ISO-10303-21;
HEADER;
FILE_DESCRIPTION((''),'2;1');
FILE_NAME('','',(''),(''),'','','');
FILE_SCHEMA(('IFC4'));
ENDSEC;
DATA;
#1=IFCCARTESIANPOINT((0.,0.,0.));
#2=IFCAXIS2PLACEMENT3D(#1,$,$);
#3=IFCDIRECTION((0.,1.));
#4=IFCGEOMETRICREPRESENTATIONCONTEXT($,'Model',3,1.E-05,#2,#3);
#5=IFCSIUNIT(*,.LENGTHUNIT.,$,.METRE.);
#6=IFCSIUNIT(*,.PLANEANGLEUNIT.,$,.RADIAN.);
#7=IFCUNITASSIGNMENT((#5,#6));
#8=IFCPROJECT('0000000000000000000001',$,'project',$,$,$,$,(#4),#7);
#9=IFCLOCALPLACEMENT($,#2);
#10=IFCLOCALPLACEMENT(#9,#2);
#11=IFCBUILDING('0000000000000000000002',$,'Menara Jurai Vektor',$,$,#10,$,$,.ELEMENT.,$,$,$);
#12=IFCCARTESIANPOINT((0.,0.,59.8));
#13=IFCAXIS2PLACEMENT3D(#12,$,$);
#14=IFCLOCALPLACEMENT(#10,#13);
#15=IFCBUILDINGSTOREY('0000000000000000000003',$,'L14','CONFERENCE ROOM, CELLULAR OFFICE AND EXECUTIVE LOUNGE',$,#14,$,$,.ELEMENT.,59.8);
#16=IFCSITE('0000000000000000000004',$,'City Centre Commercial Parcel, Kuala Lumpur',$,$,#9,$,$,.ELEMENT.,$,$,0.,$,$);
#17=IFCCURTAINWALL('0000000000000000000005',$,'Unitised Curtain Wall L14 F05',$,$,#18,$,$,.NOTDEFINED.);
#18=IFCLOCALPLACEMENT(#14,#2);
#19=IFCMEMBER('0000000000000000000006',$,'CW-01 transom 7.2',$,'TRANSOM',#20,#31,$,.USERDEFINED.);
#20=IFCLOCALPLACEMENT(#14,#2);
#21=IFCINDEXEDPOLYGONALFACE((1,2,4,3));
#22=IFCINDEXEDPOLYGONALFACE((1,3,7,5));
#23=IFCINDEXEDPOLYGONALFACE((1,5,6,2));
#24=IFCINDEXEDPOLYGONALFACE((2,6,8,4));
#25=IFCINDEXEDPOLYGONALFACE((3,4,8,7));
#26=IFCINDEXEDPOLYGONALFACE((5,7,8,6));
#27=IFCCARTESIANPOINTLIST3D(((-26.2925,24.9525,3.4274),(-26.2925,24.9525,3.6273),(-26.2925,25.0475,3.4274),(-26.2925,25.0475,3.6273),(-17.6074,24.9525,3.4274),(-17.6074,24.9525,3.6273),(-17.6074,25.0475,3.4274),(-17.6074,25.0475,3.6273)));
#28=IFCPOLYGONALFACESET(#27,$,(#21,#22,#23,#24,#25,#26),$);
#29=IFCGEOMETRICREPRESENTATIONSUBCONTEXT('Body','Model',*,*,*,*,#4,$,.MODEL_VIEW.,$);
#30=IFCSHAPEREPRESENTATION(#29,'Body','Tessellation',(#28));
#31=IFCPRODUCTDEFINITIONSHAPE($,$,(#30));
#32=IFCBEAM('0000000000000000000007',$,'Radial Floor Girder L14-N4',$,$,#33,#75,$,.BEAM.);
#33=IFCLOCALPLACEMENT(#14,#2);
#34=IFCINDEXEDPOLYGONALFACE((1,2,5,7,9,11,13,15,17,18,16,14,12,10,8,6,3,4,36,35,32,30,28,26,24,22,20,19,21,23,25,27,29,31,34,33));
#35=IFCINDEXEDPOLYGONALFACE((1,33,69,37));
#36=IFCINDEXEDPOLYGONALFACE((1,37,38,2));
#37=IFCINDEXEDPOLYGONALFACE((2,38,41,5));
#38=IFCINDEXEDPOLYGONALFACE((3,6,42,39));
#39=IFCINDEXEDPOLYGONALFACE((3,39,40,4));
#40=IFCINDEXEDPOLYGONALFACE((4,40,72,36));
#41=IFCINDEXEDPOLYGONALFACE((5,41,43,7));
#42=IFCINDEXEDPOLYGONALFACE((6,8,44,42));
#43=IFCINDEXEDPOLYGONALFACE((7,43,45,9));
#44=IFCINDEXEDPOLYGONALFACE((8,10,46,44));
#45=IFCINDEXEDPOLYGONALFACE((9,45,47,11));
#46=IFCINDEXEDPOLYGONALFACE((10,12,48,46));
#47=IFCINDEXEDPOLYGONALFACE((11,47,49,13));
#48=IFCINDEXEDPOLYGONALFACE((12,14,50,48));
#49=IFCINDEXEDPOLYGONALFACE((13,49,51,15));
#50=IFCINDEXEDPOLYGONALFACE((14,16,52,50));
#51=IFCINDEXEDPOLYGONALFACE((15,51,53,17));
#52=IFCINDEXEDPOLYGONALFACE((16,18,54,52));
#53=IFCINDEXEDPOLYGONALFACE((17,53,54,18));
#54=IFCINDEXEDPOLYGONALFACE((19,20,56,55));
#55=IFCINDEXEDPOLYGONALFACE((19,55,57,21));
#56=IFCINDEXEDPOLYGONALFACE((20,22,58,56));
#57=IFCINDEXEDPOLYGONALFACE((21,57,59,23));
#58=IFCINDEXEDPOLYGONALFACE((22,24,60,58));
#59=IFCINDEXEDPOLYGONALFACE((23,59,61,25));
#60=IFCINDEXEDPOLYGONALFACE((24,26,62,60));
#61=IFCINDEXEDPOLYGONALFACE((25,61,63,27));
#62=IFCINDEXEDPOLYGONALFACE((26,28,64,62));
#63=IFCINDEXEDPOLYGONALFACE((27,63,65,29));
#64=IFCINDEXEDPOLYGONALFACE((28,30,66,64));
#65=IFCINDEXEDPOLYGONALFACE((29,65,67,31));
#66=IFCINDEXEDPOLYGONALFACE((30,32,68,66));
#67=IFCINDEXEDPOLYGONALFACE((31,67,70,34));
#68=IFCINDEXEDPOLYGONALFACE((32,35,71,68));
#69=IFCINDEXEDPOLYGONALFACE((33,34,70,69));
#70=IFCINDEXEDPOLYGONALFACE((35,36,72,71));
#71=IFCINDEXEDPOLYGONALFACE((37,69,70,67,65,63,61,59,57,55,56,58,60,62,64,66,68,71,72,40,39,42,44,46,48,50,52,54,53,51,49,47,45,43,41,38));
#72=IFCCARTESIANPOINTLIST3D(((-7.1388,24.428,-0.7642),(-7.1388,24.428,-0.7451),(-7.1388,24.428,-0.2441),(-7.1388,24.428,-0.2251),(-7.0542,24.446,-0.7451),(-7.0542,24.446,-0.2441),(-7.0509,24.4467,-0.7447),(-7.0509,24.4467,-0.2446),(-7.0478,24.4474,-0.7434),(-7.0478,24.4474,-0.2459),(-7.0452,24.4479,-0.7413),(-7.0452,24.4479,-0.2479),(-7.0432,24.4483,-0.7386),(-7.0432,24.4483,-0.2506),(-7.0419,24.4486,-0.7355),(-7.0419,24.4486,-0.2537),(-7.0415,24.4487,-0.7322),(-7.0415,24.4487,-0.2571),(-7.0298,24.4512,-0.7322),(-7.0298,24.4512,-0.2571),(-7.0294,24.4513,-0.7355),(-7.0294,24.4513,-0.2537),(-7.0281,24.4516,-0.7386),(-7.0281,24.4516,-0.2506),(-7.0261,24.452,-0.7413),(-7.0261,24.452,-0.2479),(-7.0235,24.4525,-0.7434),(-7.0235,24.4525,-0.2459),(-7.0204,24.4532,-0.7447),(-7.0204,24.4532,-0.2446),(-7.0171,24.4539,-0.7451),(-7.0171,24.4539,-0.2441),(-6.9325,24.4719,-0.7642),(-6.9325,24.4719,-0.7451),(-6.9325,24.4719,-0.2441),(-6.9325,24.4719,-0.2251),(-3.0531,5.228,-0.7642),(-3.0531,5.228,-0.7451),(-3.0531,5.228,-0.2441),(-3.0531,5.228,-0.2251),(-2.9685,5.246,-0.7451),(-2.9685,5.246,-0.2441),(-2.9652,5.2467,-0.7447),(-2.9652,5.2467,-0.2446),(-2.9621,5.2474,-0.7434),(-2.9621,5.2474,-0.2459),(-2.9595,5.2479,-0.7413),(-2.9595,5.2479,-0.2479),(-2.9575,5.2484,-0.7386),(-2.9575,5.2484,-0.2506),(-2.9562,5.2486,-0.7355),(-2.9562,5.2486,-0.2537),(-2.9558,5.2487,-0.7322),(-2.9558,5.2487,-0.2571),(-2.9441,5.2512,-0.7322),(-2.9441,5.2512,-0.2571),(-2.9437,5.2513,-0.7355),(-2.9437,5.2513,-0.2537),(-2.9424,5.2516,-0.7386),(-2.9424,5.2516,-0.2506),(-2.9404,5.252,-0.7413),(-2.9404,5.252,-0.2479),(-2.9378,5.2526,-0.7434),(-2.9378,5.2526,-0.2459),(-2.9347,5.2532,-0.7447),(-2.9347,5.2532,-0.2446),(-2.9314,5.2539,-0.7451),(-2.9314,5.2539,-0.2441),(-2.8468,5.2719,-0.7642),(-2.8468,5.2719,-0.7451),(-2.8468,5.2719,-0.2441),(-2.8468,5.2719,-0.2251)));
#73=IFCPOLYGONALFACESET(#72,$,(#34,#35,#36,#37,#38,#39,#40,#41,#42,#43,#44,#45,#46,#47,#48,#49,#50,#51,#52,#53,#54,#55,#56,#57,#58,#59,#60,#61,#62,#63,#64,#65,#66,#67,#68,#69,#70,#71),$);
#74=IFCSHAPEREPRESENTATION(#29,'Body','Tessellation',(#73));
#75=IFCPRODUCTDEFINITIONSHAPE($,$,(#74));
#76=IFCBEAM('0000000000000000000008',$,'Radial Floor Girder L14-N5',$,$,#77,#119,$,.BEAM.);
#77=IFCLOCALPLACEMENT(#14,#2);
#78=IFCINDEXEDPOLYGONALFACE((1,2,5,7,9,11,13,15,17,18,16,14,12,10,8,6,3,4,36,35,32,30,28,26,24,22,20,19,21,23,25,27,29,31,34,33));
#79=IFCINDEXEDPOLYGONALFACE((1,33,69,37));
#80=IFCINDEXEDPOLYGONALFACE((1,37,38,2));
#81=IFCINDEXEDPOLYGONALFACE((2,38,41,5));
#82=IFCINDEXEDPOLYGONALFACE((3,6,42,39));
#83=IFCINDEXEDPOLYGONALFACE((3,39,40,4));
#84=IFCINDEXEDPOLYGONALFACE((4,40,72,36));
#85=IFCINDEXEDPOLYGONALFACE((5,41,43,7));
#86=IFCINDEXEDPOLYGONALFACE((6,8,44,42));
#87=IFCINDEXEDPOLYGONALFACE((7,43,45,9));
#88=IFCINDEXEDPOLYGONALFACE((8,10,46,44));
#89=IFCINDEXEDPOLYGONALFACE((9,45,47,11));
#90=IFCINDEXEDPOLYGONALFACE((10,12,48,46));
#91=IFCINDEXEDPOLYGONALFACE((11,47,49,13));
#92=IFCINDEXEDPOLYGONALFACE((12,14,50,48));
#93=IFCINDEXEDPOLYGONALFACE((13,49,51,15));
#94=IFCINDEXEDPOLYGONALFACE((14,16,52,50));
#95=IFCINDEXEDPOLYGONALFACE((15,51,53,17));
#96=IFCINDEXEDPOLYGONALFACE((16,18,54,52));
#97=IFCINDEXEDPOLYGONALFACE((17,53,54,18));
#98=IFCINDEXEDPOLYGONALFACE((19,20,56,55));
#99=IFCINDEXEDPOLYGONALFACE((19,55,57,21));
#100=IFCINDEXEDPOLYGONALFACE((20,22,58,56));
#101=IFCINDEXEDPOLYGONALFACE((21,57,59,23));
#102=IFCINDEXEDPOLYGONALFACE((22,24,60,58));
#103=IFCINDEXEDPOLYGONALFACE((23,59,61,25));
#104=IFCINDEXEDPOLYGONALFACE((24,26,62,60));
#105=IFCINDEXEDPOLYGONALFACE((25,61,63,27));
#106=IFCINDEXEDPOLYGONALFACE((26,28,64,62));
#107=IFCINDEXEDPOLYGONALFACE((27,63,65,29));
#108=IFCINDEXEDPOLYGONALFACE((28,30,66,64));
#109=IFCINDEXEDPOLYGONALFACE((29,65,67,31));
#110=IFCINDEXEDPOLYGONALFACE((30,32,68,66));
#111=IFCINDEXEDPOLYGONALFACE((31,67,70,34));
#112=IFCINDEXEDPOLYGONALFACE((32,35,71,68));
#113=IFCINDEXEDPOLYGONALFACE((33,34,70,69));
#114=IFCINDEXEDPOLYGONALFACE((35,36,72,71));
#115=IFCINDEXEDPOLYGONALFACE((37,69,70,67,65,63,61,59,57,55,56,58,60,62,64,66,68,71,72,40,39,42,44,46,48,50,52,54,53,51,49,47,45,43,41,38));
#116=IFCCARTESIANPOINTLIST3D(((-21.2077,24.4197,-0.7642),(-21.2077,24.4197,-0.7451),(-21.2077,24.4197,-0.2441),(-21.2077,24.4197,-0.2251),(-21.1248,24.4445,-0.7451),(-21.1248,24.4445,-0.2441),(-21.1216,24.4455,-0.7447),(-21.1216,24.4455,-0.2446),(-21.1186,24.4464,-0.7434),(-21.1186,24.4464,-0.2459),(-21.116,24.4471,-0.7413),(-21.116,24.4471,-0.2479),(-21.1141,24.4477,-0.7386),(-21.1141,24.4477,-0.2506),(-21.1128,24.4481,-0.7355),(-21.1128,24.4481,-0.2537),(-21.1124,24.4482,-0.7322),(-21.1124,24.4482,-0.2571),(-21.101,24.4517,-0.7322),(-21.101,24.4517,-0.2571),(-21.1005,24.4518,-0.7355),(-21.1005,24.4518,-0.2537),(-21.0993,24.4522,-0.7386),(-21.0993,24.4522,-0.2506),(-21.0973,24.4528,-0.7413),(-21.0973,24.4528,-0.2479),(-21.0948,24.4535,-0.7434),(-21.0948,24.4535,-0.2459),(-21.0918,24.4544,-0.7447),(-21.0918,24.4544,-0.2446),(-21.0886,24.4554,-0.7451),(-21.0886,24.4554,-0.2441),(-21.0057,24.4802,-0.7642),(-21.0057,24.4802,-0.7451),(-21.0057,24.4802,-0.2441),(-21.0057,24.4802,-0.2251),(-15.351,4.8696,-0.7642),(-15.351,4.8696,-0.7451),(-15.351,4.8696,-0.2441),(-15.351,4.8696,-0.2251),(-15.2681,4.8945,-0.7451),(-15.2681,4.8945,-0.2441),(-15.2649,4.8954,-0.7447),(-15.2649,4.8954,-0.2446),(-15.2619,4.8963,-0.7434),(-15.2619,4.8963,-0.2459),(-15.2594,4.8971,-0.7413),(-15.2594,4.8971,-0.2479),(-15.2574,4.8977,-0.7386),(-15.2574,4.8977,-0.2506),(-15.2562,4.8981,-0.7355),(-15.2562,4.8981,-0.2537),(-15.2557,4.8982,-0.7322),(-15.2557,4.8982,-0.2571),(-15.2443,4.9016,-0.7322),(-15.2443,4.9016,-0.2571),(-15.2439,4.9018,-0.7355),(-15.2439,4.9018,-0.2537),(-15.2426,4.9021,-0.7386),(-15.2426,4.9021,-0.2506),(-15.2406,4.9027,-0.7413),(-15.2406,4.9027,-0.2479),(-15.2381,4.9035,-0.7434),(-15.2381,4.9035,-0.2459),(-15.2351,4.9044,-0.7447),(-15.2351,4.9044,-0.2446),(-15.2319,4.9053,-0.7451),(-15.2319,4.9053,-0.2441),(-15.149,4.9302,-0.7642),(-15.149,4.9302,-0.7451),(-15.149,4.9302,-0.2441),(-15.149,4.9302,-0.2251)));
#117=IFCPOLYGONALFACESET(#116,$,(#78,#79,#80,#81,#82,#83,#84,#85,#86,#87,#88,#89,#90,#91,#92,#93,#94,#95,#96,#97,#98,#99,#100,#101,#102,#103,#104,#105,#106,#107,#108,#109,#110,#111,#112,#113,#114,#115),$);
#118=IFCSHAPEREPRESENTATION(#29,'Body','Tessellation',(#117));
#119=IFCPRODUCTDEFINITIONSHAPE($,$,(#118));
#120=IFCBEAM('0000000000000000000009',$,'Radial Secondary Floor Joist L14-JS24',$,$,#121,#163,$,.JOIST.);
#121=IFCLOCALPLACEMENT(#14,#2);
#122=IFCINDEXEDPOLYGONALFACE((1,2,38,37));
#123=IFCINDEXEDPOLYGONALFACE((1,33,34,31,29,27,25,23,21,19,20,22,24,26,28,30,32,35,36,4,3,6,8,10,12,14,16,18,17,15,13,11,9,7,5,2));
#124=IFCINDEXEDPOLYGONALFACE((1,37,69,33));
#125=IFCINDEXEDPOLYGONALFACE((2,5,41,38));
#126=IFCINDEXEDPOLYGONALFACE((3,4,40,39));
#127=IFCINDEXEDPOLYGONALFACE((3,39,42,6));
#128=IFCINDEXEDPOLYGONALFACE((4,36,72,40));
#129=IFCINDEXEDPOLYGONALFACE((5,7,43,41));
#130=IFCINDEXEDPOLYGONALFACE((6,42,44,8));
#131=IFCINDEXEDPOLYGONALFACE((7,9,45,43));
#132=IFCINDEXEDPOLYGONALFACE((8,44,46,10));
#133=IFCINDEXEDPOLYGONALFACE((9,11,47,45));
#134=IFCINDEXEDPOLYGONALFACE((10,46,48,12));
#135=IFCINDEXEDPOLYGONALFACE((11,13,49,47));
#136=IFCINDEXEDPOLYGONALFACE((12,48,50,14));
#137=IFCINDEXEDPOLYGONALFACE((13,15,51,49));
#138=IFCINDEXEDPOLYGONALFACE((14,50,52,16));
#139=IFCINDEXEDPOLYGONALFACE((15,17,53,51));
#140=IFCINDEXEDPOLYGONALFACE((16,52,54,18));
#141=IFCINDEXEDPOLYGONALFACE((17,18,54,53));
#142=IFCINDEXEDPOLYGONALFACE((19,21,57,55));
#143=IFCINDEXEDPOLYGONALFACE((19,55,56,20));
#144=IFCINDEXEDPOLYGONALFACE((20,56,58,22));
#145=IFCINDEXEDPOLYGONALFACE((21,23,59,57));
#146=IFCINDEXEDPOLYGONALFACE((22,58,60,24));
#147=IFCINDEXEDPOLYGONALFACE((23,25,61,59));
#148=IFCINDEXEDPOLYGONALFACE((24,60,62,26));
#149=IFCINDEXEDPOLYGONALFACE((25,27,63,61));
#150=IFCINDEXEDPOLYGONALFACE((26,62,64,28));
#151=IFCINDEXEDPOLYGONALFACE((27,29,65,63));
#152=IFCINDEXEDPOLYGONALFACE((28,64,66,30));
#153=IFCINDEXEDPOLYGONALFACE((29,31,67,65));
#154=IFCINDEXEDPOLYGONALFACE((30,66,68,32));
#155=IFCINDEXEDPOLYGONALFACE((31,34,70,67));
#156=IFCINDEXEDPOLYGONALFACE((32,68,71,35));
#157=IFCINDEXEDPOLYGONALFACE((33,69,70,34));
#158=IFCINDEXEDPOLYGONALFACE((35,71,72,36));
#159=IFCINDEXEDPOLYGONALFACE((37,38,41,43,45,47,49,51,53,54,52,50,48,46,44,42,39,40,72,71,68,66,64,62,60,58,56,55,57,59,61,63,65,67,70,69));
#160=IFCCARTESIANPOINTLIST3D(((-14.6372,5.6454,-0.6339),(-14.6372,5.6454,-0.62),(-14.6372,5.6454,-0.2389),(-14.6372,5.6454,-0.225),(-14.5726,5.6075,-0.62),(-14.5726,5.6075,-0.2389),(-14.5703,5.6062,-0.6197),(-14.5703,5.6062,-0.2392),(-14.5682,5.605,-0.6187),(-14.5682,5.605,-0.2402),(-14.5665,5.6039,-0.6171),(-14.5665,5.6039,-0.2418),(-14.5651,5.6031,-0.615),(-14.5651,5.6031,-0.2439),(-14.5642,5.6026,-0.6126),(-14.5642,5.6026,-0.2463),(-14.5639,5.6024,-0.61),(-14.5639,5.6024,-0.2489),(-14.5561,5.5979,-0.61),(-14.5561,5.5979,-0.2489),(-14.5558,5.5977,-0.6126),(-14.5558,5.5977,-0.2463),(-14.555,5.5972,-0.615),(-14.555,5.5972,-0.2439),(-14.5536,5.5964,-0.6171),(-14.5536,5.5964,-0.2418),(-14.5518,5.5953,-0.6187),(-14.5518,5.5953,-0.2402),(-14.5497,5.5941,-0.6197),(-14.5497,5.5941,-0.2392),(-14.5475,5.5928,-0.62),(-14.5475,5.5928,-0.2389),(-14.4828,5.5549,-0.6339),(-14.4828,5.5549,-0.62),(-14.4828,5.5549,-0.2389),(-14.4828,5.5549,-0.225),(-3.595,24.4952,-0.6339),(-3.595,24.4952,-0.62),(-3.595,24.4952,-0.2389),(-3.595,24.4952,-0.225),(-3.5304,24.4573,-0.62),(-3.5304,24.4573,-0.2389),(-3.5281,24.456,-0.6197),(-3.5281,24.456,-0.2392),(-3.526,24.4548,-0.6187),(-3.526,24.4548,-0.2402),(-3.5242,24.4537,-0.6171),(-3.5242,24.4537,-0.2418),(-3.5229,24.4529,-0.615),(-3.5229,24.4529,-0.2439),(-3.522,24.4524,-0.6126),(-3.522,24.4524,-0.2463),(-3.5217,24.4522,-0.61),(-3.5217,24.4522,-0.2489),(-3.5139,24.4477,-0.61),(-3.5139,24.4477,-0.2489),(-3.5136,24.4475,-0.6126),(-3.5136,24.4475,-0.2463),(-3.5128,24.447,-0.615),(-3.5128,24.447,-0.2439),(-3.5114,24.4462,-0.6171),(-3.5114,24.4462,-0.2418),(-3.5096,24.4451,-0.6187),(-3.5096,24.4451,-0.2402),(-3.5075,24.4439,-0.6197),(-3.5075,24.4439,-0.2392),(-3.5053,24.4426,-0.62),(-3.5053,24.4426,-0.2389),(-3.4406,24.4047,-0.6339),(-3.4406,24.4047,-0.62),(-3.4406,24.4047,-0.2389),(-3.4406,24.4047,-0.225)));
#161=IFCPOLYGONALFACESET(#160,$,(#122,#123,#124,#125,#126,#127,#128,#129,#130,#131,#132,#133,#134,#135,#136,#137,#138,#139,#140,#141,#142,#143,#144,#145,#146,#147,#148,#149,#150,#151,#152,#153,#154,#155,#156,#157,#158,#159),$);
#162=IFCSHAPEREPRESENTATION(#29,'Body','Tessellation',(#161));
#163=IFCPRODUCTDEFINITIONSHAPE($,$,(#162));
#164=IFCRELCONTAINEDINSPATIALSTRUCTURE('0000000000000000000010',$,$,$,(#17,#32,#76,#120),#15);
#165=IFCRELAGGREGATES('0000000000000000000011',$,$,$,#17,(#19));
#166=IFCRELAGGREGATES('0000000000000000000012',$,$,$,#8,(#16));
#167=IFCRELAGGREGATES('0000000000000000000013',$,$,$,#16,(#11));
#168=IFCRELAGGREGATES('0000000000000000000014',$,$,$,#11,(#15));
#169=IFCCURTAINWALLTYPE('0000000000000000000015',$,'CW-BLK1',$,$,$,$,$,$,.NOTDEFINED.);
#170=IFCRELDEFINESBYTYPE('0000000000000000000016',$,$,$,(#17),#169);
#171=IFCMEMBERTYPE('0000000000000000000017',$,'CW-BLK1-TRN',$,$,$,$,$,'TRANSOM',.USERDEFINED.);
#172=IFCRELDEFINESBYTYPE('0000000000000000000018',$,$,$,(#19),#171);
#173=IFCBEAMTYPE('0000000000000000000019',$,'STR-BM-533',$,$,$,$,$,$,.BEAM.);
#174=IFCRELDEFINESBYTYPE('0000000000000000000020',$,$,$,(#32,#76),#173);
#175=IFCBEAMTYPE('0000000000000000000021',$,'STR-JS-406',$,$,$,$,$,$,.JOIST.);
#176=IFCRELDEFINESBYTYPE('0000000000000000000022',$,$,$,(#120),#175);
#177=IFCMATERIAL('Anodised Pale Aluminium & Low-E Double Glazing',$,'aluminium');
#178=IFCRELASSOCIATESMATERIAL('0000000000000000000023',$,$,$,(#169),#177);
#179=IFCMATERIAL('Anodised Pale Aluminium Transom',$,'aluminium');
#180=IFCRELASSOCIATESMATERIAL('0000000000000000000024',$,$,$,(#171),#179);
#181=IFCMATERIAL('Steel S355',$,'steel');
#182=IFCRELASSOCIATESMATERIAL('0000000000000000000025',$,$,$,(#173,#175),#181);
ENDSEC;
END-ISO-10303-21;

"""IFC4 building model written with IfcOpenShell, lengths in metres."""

from ifc_helpers import new_model, si_unit, direction, frame, origin, origin_2d, place, context, subcontext, project, spatial, rectangle, i_section, extrude, material, material_profile, profile_set, type_object, element, aggregate, save


model = new_model("IFC4")

# Units and contexts
model_context = context("Model", 3, precision=1e-05, world=origin(), true_north=direction((0.0, 1.0)))
body_context = subcontext(model_context, "Body", "Model", "MODEL_VIEW")
ifc_project = project(units=[si_unit("LENGTHUNIT", "METRE"), si_unit("PLANEANGLEUNIT", "RADIAN")], contexts=[model_context])

# Site, building, storey
site_placement = place(None, origin())
site = spatial("IfcSite", under=ifc_project, at=site_placement, Name="City Centre Commercial Parcel, Kuala Lumpur", CompositionType="ELEMENT", RefElevation=0.0)
building_placement = place(site_placement, origin())
building = spatial("IfcBuilding", under=site, at=building_placement, Name="Menara Jurai Vektor", CompositionType="ELEMENT")
storey_placement = place(building_placement, frame((0.0, 0.0, 59.8)))
storey = spatial("IfcBuildingStorey", under=building, at=storey_placement, Name="L14", Description="CONFERENCE ROOM, CELLULAR OFFICE AND EXECUTIVE LOUNGE", CompositionType="ELEMENT", Elevation=59.8)

# Curtain wall, member
ifc_material_1 = material(Name="Anodised Pale Aluminium & Low-E Double Glazing", Category="aluminium")
curtain_wall_type = type_object("IfcCurtainWallType", Name="CW-BLK1", PredefinedType="NOTDEFINED", material=ifc_material_1)
curtain_wall_placement = place(storey_placement, origin())
curtain_wall = element("IfcCurtainWall", 1, at=curtain_wall_placement, inside=storey, type_object=curtain_wall_type, Name="Unitised Curtain Wall L14 F05", PredefinedType="NOTDEFINED")
ifc_material_2 = material(Name="Anodised Pale Aluminium Transom", Category="aluminium")
ifc_material_profile_1 = material_profile(ifc_material_2, rectangle(XDim=0.095, YDim=0.2, at=origin_2d()), Name="ALU TRN 95x200")
ifc_profile_set_1 = profile_set([ifc_material_profile_1], Name="Anodised Pale Aluminium Transom")
member_type_1 = type_object("IfcMemberType", Name="CW-BLK1-TRN", ElementType="TRANSOM", PredefinedType="USERDEFINED", material=ifc_profile_set_1)
member_1_placement = place(storey_placement, frame((-17.6074, 25.0, 3.5273), z_axis=(-1.0, 0.0, 0.0), x_axis=(0.0, -1.0, 0.0)))
member_1 = element("IfcMember", 2, at=member_1_placement, type_object=member_type_1, Name="CW-01 transom 7.2", ObjectType="TRANSOM", PredefinedType="USERDEFINED", context=body_context, shape_type="SweptSolid", body=[
    extrude(rectangle(XDim=0.095, YDim=0.2, at=origin_2d()), origin(), (0.0, 0.0, 1.0), 8.6851),
])

# Beams
ifc_material_3 = material(Name="Steel S355", Category="steel")
ifc_material_profile_2 = material_profile(ifc_material_3, i_section(OverallWidth=0.2109, OverallDepth=0.5391, WebThickness=0.012, FlangeThickness=0.019, FilletRadius=0.0129, at=origin_2d()), Name="UKB 533x210x109")
ifc_profile_set_2 = profile_set([ifc_material_profile_2], Name="Steel S355")
beam_type_1 = type_object("IfcBeamType", Name="STR-BM-533", PredefinedType="BEAM", material=ifc_profile_set_2)
beam_1_placement = place(storey_placement, frame((-7.0356, 24.45, -0.4946), z_axis=(0.208137, -0.9781, 0.0), x_axis=(0.9781, 0.208137, 0.0)))
element("IfcBeam", 3, at=beam_1_placement, inside=storey, type_object=beam_type_1, Name="Radial Floor Girder L14-N4", PredefinedType="BEAM", context=body_context, shape_type="SweptSolid", body=[
    extrude(i_section(OverallWidth=0.2109, OverallDepth=0.5391, WebThickness=0.012, FlangeThickness=0.019, FilletRadius=0.0129, at=origin_2d()), origin(), (0.0, 0.0, 1.0), 19.6299),
])
beam_2_placement = place(storey_placement, frame((-21.1067, 24.45, -0.4946), z_axis=(0.286974, -0.957938, 0.0), x_axis=(0.957938, 0.286974, 0.0)))
element("IfcBeam", 4, at=beam_2_placement, inside=storey, type_object=beam_type_1, Name="Radial Floor Girder L14-N5", PredefinedType="BEAM", context=body_context, shape_type="SweptSolid", body=[
    extrude(i_section(OverallWidth=0.2109, OverallDepth=0.5391, WebThickness=0.012, FlangeThickness=0.019, FilletRadius=0.0129, at=origin_2d()), origin(), (0.0, 0.0, 1.0), 20.4084),
])
ifc_material_profile_3 = material_profile(ifc_material_3, i_section(OverallWidth=0.179, OverallDepth=0.4089, WebThickness=0.009, FlangeThickness=0.0139, FilletRadius=0.01, at=origin_2d()), Name="UKB 406x178x67")
ifc_profile_set_3 = profile_set([ifc_material_profile_3], Name="Steel S355")
beam_type_2 = type_object("IfcBeamType", Name="STR-JS-406", PredefinedType="JOIST", material=ifc_profile_set_3)
beam_3_placement = place(storey_placement, frame((-3.5178, 24.45, -0.4294), z_axis=(-0.505458, -0.862851, 0.0), x_axis=(0.862851, -0.505458, 0.0)))
element("IfcBeam", 5, at=beam_3_placement, inside=storey, type_object=beam_type_2, Name="Radial Secondary Floor Joist L14-JS24", PredefinedType="JOIST", context=body_context, shape_type="SweptSolid", body=[
    extrude(i_section(OverallWidth=0.179, OverallDepth=0.4089, WebThickness=0.009, FlangeThickness=0.0139, FilletRadius=0.01, at=origin_2d()), origin(), (0.0, 0.0, 1.0), 21.8459),
])

aggregate(curtain_wall, [member_1])

save(model, "model.ifc")
